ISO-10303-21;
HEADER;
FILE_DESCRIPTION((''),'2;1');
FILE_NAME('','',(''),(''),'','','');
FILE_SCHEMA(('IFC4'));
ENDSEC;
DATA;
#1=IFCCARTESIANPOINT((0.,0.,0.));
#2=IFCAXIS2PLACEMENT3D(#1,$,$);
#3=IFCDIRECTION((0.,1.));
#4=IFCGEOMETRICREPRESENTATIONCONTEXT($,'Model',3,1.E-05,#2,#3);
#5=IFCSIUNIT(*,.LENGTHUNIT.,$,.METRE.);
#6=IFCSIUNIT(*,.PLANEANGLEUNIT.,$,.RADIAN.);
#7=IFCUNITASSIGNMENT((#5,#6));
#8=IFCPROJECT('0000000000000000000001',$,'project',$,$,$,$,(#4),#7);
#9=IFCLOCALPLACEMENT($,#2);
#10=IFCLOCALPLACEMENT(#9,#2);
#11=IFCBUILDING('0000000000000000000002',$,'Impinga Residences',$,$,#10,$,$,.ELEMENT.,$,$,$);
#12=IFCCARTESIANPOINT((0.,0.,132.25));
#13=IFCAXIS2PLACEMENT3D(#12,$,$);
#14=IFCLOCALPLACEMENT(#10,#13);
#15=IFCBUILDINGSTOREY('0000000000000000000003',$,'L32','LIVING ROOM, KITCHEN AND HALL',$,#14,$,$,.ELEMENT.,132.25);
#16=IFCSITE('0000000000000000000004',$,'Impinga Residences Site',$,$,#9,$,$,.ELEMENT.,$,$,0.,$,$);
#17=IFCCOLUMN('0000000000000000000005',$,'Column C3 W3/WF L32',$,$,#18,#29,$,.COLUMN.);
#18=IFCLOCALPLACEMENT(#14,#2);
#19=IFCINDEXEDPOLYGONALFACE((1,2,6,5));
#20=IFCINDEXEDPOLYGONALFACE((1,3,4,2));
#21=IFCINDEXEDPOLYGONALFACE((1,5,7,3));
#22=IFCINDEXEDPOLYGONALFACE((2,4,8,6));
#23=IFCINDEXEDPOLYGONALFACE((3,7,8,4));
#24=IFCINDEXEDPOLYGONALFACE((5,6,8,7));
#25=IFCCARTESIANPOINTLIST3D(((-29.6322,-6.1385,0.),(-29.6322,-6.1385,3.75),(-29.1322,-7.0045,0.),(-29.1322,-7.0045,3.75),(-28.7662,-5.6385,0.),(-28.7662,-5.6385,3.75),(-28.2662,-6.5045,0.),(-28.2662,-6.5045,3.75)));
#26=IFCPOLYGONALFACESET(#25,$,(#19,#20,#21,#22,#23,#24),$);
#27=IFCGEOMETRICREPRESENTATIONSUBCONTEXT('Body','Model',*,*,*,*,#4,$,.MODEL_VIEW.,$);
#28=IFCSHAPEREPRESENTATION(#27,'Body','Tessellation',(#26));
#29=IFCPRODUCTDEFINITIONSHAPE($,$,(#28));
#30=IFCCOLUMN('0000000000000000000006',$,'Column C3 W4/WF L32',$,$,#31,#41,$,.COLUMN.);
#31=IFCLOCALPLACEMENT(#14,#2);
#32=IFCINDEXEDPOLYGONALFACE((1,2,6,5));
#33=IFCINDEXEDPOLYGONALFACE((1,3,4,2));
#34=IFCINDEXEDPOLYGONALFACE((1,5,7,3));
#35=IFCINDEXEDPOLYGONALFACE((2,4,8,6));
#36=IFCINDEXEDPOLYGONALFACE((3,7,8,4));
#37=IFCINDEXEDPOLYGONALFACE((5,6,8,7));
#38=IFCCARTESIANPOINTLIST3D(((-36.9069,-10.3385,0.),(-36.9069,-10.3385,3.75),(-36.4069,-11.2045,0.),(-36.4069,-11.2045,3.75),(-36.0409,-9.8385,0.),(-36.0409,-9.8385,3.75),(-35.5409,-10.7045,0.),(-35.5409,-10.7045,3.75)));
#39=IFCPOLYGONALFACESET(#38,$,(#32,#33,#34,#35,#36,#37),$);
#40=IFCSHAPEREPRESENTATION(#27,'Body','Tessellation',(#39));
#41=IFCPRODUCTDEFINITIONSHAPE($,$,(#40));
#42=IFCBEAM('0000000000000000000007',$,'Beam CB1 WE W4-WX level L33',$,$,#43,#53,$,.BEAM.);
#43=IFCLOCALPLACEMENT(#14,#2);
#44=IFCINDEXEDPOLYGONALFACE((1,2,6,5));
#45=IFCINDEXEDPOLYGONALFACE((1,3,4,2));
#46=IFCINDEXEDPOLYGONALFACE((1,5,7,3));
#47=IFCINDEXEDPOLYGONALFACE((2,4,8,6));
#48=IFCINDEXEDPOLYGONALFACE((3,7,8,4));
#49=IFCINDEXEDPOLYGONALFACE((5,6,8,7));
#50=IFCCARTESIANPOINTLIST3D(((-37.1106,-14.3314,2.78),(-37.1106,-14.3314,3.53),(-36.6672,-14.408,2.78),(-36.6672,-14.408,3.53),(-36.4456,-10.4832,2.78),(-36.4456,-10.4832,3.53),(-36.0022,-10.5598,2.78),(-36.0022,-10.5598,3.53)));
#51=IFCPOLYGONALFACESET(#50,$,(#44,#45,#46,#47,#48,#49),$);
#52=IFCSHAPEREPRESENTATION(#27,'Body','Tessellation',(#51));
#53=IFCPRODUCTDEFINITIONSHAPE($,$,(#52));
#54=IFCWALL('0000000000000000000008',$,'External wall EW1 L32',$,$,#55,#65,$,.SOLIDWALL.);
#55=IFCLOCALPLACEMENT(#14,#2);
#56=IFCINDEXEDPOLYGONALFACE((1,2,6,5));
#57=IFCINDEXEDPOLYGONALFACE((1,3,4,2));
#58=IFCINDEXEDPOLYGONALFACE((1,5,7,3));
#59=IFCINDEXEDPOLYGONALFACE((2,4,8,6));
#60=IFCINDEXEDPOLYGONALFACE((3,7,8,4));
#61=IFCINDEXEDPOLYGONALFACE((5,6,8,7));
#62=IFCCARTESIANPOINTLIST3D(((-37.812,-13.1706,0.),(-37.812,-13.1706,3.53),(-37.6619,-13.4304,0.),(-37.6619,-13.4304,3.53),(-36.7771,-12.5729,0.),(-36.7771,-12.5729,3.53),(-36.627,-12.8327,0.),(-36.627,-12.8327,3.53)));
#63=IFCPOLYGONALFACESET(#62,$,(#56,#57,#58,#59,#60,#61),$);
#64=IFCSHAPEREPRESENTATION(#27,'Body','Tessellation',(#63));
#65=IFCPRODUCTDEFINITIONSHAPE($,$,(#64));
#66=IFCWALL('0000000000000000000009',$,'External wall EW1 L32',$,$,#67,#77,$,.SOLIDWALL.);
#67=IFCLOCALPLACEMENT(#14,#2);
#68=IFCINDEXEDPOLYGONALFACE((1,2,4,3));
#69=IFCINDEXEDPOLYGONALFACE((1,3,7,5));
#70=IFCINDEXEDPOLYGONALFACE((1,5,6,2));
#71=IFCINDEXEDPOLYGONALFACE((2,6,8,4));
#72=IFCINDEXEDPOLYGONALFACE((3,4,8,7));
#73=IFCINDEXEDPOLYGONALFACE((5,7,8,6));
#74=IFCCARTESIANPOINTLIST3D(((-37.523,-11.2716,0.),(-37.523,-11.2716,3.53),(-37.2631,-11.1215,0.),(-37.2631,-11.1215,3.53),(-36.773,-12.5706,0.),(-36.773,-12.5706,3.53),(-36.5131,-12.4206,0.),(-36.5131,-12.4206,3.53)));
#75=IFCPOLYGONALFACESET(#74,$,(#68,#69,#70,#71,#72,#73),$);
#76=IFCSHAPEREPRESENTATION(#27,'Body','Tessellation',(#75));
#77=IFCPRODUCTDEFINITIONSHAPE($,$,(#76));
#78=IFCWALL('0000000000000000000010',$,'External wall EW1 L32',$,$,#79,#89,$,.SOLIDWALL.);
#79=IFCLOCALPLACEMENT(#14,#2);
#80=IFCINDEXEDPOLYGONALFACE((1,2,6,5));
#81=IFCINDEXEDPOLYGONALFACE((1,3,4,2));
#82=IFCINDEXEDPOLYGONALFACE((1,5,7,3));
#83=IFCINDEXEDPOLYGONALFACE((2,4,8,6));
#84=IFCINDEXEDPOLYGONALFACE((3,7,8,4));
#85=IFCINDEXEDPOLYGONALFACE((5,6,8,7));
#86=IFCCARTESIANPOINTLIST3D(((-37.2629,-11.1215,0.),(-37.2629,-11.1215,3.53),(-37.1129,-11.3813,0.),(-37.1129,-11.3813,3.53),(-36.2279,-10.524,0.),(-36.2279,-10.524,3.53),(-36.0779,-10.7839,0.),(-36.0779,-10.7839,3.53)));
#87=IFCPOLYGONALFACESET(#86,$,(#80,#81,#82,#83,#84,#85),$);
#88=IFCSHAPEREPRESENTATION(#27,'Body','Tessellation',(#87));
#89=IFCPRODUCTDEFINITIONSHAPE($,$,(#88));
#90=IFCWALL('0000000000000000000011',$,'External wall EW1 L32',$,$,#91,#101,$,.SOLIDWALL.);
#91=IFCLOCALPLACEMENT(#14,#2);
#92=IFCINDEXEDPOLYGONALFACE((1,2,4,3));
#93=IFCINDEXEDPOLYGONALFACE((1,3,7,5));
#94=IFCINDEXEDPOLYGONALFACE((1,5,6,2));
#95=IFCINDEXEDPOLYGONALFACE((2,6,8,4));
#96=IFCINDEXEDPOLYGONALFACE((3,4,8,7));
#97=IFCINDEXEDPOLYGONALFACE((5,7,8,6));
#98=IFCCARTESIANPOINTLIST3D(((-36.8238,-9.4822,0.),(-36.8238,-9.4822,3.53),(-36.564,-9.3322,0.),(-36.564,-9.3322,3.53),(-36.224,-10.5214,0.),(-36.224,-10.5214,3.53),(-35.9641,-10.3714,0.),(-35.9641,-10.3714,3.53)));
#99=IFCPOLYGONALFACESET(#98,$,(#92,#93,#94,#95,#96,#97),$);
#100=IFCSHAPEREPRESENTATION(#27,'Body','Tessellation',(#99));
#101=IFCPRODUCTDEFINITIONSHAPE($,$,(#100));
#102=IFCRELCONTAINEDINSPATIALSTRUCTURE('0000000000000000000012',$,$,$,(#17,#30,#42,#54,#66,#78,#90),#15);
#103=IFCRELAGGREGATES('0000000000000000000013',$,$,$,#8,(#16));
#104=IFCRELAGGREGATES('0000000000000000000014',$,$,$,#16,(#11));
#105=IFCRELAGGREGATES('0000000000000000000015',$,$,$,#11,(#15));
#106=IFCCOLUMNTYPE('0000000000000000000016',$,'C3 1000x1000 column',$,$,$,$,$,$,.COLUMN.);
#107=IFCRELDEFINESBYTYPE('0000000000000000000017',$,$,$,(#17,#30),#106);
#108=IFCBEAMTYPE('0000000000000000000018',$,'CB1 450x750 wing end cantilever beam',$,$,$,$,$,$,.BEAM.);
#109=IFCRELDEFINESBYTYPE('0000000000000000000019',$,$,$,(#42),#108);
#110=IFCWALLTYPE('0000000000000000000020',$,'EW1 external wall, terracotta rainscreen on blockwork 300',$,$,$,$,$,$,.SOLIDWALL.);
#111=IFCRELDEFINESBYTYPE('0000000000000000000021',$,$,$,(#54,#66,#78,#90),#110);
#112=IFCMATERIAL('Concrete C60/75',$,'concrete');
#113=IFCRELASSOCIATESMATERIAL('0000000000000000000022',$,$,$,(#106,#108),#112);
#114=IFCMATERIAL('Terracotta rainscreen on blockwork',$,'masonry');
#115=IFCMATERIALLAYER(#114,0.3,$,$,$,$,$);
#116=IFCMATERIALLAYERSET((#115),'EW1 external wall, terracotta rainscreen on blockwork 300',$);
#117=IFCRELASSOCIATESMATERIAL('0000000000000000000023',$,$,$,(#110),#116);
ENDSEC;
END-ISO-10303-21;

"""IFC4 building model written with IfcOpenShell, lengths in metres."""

from ifc_helpers import new_model, si_unit, direction, frame, frame_2d, origin, origin_2d, place, context, subcontext, project, spatial, rectangle, extrude, material, layer, layer_set, material_profile, profile_set, type_object, element, save


model = new_model("IFC4")

# Units and contexts
model_context = context("Model", 3, precision=1e-05, world=origin(), true_north=direction((0.0, 1.0)))
body_context = subcontext(model_context, "Body", "Model", "MODEL_VIEW")
ifc_project = project(units=[si_unit("LENGTHUNIT", "METRE"), si_unit("PLANEANGLEUNIT", "RADIAN")], contexts=[model_context])

# Site, building, storey
site_placement = place(None, origin())
site = spatial("IfcSite", under=ifc_project, at=site_placement, Name="Impinga Residences Site", CompositionType="ELEMENT", RefElevation=0.0)
building_placement = place(site_placement, origin())
building = spatial("IfcBuilding", under=site, at=building_placement, Name="Impinga Residences", CompositionType="ELEMENT")
storey_placement = place(building_placement, frame((0.0, 0.0, 132.25)))
storey = spatial("IfcBuildingStorey", under=building, at=storey_placement, Name="L32", Description="LIVING ROOM, KITCHEN AND HALL", CompositionType="ELEMENT", Elevation=132.25)

# Columns
ifc_material_1 = material(Name="Concrete C60/75", Category="concrete")
ifc_material_profile_1 = material_profile(ifc_material_1, rectangle(XDim=1.0, YDim=1.0, at=origin_2d()), Name="RC 1000x1000")
ifc_profile_set_1 = profile_set([ifc_material_profile_1], Name="Concrete C60/75")
column_type = type_object("IfcColumnType", Name="C3 1000x1000 column", PredefinedType="COLUMN", material=ifc_profile_set_1)
for number, where, z_axis, x_axis, name in (
    (1, (-28.9492, -6.3215, 0.0), (0.0, 0.0, 1.0), (-0.5, 0.866025, 0.0), "Column C3 W3/WF L32"),
    (2, (-36.2239, -10.5215, 0.0), (0.0, 0.0, 1.0), (-0.5, 0.866025, 0.0), "Column C3 W4/WF L32"),
):
    element("IfcColumn", number, at=place(storey_placement, frame(where, z_axis=z_axis, x_axis=x_axis)), inside=storey, type_object=column_type, Name=name, PredefinedType="COLUMN", context=body_context, shape_type="SweptSolid", body=[
        extrude(rectangle(XDim=1.0, YDim=1.0, at=origin_2d()), origin(), (0.0, 0.0, 1.0), 3.75),
    ])

# Beam
ifc_material_profile_2 = material_profile(ifc_material_1, rectangle(XDim=0.45, YDim=0.75, at=origin_2d()), Name="RC 450x750")
ifc_profile_set_2 = profile_set([ifc_material_profile_2], Name="Concrete C60/75")
beam_type = type_object("IfcBeamType", Name="CB1 450x750 wing end cantilever beam", PredefinedType="BEAM", material=ifc_profile_set_2)
beam_placement = place(storey_placement, frame((-36.2239, -10.5215, 3.155), z_axis=(-0.170296, -0.985393, 0.0), x_axis=(0.985393, -0.170296, 0.0)))
element("IfcBeam", 3, at=beam_placement, inside=storey, type_object=beam_type, Name="Beam CB1 WE W4-WX level L33", PredefinedType="BEAM", context=body_context, shape_type="SweptSolid", body=[
    extrude(rectangle(XDim=0.45, YDim=0.75, at=origin_2d()), origin(), (0.0, 0.0, 1.0), 3.9053),
])

# Walls
ifc_material_2 = material(Name="Terracotta rainscreen on blockwork", Category="masonry")
ifc_layer_1 = layer(ifc_material_2, 0.3)
ifc_layer_set_1 = layer_set([ifc_layer_1], Name="EW1 external wall, terracotta rainscreen on blockwork 300")
wall_type_1 = type_object("IfcWallType", Name="EW1 external wall, terracotta rainscreen on blockwork 300", PredefinedType="SOLIDWALL", material=ifc_layer_set_1)
wall_1_placement = place(storey_placement, frame((-37.7371, -13.3005, 0.0), z_axis=(0.0, 0.0, 1.0), x_axis=(0.865971, 0.500094, 0.0)))
element("IfcWall", 4, at=wall_1_placement, inside=storey, type_object=wall_type_1, Name="External wall EW1 L32", PredefinedType="SOLIDWALL", context=body_context, shape_type="SweptSolid", body=[
    extrude(rectangle(XDim=1.1951, YDim=0.3, at=frame_2d((0.5977, 0.0))), origin(), (0.0, 0.0, 1.0), 3.53),
])
wall_2_placement = place(storey_placement, frame((-36.6431, -12.4956, 0.0), z_axis=(0.0, 0.0, 1.0), x_axis=(-0.49999, 0.866031, 0.0)))
element("IfcWall", 5, at=wall_2_placement, inside=storey, type_object=wall_type_1, Name="External wall EW1 L32", PredefinedType="SOLIDWALL", context=body_context, shape_type="SweptSolid", body=[
    extrude(rectangle(XDim=1.5, YDim=0.3, at=frame_2d((0.75, 0.0))), origin(), (0.0, 0.0, 1.0), 3.53),
])
wall_3_placement = place(storey_placement, frame((-37.188, -11.2515, 0.0), z_axis=(0.0, 0.0, 1.0), x_axis=(0.86606, 0.499941, 0.0)))
element("IfcWall", 6, at=wall_3_placement, inside=storey, type_object=wall_type_1, Name="External wall EW1 L32", PredefinedType="SOLIDWALL", context=body_context, shape_type="SweptSolid", body=[
    extrude(rectangle(XDim=1.1951, YDim=0.3, at=frame_2d((0.5977, 0.0))), origin(), (0.0, 0.0, 1.0), 3.53),
])
wall_4_placement = place(storey_placement, frame((-36.094, -10.4465, 0.0), z_axis=(0.0, 0.0, 1.0), x_axis=(-0.499881, 0.866094, 0.0)))
element("IfcWall", 7, at=wall_4_placement, inside=storey, type_object=wall_type_1, Name="External wall EW1 L32", PredefinedType="SOLIDWALL", context=body_context, shape_type="SweptSolid", body=[
    extrude(rectangle(XDim=1.2, YDim=0.3, at=frame_2d((0.6001, 0.0))), origin(), (0.0, 0.0, 1.0), 3.53),
])

save(model, "model.ifc")
